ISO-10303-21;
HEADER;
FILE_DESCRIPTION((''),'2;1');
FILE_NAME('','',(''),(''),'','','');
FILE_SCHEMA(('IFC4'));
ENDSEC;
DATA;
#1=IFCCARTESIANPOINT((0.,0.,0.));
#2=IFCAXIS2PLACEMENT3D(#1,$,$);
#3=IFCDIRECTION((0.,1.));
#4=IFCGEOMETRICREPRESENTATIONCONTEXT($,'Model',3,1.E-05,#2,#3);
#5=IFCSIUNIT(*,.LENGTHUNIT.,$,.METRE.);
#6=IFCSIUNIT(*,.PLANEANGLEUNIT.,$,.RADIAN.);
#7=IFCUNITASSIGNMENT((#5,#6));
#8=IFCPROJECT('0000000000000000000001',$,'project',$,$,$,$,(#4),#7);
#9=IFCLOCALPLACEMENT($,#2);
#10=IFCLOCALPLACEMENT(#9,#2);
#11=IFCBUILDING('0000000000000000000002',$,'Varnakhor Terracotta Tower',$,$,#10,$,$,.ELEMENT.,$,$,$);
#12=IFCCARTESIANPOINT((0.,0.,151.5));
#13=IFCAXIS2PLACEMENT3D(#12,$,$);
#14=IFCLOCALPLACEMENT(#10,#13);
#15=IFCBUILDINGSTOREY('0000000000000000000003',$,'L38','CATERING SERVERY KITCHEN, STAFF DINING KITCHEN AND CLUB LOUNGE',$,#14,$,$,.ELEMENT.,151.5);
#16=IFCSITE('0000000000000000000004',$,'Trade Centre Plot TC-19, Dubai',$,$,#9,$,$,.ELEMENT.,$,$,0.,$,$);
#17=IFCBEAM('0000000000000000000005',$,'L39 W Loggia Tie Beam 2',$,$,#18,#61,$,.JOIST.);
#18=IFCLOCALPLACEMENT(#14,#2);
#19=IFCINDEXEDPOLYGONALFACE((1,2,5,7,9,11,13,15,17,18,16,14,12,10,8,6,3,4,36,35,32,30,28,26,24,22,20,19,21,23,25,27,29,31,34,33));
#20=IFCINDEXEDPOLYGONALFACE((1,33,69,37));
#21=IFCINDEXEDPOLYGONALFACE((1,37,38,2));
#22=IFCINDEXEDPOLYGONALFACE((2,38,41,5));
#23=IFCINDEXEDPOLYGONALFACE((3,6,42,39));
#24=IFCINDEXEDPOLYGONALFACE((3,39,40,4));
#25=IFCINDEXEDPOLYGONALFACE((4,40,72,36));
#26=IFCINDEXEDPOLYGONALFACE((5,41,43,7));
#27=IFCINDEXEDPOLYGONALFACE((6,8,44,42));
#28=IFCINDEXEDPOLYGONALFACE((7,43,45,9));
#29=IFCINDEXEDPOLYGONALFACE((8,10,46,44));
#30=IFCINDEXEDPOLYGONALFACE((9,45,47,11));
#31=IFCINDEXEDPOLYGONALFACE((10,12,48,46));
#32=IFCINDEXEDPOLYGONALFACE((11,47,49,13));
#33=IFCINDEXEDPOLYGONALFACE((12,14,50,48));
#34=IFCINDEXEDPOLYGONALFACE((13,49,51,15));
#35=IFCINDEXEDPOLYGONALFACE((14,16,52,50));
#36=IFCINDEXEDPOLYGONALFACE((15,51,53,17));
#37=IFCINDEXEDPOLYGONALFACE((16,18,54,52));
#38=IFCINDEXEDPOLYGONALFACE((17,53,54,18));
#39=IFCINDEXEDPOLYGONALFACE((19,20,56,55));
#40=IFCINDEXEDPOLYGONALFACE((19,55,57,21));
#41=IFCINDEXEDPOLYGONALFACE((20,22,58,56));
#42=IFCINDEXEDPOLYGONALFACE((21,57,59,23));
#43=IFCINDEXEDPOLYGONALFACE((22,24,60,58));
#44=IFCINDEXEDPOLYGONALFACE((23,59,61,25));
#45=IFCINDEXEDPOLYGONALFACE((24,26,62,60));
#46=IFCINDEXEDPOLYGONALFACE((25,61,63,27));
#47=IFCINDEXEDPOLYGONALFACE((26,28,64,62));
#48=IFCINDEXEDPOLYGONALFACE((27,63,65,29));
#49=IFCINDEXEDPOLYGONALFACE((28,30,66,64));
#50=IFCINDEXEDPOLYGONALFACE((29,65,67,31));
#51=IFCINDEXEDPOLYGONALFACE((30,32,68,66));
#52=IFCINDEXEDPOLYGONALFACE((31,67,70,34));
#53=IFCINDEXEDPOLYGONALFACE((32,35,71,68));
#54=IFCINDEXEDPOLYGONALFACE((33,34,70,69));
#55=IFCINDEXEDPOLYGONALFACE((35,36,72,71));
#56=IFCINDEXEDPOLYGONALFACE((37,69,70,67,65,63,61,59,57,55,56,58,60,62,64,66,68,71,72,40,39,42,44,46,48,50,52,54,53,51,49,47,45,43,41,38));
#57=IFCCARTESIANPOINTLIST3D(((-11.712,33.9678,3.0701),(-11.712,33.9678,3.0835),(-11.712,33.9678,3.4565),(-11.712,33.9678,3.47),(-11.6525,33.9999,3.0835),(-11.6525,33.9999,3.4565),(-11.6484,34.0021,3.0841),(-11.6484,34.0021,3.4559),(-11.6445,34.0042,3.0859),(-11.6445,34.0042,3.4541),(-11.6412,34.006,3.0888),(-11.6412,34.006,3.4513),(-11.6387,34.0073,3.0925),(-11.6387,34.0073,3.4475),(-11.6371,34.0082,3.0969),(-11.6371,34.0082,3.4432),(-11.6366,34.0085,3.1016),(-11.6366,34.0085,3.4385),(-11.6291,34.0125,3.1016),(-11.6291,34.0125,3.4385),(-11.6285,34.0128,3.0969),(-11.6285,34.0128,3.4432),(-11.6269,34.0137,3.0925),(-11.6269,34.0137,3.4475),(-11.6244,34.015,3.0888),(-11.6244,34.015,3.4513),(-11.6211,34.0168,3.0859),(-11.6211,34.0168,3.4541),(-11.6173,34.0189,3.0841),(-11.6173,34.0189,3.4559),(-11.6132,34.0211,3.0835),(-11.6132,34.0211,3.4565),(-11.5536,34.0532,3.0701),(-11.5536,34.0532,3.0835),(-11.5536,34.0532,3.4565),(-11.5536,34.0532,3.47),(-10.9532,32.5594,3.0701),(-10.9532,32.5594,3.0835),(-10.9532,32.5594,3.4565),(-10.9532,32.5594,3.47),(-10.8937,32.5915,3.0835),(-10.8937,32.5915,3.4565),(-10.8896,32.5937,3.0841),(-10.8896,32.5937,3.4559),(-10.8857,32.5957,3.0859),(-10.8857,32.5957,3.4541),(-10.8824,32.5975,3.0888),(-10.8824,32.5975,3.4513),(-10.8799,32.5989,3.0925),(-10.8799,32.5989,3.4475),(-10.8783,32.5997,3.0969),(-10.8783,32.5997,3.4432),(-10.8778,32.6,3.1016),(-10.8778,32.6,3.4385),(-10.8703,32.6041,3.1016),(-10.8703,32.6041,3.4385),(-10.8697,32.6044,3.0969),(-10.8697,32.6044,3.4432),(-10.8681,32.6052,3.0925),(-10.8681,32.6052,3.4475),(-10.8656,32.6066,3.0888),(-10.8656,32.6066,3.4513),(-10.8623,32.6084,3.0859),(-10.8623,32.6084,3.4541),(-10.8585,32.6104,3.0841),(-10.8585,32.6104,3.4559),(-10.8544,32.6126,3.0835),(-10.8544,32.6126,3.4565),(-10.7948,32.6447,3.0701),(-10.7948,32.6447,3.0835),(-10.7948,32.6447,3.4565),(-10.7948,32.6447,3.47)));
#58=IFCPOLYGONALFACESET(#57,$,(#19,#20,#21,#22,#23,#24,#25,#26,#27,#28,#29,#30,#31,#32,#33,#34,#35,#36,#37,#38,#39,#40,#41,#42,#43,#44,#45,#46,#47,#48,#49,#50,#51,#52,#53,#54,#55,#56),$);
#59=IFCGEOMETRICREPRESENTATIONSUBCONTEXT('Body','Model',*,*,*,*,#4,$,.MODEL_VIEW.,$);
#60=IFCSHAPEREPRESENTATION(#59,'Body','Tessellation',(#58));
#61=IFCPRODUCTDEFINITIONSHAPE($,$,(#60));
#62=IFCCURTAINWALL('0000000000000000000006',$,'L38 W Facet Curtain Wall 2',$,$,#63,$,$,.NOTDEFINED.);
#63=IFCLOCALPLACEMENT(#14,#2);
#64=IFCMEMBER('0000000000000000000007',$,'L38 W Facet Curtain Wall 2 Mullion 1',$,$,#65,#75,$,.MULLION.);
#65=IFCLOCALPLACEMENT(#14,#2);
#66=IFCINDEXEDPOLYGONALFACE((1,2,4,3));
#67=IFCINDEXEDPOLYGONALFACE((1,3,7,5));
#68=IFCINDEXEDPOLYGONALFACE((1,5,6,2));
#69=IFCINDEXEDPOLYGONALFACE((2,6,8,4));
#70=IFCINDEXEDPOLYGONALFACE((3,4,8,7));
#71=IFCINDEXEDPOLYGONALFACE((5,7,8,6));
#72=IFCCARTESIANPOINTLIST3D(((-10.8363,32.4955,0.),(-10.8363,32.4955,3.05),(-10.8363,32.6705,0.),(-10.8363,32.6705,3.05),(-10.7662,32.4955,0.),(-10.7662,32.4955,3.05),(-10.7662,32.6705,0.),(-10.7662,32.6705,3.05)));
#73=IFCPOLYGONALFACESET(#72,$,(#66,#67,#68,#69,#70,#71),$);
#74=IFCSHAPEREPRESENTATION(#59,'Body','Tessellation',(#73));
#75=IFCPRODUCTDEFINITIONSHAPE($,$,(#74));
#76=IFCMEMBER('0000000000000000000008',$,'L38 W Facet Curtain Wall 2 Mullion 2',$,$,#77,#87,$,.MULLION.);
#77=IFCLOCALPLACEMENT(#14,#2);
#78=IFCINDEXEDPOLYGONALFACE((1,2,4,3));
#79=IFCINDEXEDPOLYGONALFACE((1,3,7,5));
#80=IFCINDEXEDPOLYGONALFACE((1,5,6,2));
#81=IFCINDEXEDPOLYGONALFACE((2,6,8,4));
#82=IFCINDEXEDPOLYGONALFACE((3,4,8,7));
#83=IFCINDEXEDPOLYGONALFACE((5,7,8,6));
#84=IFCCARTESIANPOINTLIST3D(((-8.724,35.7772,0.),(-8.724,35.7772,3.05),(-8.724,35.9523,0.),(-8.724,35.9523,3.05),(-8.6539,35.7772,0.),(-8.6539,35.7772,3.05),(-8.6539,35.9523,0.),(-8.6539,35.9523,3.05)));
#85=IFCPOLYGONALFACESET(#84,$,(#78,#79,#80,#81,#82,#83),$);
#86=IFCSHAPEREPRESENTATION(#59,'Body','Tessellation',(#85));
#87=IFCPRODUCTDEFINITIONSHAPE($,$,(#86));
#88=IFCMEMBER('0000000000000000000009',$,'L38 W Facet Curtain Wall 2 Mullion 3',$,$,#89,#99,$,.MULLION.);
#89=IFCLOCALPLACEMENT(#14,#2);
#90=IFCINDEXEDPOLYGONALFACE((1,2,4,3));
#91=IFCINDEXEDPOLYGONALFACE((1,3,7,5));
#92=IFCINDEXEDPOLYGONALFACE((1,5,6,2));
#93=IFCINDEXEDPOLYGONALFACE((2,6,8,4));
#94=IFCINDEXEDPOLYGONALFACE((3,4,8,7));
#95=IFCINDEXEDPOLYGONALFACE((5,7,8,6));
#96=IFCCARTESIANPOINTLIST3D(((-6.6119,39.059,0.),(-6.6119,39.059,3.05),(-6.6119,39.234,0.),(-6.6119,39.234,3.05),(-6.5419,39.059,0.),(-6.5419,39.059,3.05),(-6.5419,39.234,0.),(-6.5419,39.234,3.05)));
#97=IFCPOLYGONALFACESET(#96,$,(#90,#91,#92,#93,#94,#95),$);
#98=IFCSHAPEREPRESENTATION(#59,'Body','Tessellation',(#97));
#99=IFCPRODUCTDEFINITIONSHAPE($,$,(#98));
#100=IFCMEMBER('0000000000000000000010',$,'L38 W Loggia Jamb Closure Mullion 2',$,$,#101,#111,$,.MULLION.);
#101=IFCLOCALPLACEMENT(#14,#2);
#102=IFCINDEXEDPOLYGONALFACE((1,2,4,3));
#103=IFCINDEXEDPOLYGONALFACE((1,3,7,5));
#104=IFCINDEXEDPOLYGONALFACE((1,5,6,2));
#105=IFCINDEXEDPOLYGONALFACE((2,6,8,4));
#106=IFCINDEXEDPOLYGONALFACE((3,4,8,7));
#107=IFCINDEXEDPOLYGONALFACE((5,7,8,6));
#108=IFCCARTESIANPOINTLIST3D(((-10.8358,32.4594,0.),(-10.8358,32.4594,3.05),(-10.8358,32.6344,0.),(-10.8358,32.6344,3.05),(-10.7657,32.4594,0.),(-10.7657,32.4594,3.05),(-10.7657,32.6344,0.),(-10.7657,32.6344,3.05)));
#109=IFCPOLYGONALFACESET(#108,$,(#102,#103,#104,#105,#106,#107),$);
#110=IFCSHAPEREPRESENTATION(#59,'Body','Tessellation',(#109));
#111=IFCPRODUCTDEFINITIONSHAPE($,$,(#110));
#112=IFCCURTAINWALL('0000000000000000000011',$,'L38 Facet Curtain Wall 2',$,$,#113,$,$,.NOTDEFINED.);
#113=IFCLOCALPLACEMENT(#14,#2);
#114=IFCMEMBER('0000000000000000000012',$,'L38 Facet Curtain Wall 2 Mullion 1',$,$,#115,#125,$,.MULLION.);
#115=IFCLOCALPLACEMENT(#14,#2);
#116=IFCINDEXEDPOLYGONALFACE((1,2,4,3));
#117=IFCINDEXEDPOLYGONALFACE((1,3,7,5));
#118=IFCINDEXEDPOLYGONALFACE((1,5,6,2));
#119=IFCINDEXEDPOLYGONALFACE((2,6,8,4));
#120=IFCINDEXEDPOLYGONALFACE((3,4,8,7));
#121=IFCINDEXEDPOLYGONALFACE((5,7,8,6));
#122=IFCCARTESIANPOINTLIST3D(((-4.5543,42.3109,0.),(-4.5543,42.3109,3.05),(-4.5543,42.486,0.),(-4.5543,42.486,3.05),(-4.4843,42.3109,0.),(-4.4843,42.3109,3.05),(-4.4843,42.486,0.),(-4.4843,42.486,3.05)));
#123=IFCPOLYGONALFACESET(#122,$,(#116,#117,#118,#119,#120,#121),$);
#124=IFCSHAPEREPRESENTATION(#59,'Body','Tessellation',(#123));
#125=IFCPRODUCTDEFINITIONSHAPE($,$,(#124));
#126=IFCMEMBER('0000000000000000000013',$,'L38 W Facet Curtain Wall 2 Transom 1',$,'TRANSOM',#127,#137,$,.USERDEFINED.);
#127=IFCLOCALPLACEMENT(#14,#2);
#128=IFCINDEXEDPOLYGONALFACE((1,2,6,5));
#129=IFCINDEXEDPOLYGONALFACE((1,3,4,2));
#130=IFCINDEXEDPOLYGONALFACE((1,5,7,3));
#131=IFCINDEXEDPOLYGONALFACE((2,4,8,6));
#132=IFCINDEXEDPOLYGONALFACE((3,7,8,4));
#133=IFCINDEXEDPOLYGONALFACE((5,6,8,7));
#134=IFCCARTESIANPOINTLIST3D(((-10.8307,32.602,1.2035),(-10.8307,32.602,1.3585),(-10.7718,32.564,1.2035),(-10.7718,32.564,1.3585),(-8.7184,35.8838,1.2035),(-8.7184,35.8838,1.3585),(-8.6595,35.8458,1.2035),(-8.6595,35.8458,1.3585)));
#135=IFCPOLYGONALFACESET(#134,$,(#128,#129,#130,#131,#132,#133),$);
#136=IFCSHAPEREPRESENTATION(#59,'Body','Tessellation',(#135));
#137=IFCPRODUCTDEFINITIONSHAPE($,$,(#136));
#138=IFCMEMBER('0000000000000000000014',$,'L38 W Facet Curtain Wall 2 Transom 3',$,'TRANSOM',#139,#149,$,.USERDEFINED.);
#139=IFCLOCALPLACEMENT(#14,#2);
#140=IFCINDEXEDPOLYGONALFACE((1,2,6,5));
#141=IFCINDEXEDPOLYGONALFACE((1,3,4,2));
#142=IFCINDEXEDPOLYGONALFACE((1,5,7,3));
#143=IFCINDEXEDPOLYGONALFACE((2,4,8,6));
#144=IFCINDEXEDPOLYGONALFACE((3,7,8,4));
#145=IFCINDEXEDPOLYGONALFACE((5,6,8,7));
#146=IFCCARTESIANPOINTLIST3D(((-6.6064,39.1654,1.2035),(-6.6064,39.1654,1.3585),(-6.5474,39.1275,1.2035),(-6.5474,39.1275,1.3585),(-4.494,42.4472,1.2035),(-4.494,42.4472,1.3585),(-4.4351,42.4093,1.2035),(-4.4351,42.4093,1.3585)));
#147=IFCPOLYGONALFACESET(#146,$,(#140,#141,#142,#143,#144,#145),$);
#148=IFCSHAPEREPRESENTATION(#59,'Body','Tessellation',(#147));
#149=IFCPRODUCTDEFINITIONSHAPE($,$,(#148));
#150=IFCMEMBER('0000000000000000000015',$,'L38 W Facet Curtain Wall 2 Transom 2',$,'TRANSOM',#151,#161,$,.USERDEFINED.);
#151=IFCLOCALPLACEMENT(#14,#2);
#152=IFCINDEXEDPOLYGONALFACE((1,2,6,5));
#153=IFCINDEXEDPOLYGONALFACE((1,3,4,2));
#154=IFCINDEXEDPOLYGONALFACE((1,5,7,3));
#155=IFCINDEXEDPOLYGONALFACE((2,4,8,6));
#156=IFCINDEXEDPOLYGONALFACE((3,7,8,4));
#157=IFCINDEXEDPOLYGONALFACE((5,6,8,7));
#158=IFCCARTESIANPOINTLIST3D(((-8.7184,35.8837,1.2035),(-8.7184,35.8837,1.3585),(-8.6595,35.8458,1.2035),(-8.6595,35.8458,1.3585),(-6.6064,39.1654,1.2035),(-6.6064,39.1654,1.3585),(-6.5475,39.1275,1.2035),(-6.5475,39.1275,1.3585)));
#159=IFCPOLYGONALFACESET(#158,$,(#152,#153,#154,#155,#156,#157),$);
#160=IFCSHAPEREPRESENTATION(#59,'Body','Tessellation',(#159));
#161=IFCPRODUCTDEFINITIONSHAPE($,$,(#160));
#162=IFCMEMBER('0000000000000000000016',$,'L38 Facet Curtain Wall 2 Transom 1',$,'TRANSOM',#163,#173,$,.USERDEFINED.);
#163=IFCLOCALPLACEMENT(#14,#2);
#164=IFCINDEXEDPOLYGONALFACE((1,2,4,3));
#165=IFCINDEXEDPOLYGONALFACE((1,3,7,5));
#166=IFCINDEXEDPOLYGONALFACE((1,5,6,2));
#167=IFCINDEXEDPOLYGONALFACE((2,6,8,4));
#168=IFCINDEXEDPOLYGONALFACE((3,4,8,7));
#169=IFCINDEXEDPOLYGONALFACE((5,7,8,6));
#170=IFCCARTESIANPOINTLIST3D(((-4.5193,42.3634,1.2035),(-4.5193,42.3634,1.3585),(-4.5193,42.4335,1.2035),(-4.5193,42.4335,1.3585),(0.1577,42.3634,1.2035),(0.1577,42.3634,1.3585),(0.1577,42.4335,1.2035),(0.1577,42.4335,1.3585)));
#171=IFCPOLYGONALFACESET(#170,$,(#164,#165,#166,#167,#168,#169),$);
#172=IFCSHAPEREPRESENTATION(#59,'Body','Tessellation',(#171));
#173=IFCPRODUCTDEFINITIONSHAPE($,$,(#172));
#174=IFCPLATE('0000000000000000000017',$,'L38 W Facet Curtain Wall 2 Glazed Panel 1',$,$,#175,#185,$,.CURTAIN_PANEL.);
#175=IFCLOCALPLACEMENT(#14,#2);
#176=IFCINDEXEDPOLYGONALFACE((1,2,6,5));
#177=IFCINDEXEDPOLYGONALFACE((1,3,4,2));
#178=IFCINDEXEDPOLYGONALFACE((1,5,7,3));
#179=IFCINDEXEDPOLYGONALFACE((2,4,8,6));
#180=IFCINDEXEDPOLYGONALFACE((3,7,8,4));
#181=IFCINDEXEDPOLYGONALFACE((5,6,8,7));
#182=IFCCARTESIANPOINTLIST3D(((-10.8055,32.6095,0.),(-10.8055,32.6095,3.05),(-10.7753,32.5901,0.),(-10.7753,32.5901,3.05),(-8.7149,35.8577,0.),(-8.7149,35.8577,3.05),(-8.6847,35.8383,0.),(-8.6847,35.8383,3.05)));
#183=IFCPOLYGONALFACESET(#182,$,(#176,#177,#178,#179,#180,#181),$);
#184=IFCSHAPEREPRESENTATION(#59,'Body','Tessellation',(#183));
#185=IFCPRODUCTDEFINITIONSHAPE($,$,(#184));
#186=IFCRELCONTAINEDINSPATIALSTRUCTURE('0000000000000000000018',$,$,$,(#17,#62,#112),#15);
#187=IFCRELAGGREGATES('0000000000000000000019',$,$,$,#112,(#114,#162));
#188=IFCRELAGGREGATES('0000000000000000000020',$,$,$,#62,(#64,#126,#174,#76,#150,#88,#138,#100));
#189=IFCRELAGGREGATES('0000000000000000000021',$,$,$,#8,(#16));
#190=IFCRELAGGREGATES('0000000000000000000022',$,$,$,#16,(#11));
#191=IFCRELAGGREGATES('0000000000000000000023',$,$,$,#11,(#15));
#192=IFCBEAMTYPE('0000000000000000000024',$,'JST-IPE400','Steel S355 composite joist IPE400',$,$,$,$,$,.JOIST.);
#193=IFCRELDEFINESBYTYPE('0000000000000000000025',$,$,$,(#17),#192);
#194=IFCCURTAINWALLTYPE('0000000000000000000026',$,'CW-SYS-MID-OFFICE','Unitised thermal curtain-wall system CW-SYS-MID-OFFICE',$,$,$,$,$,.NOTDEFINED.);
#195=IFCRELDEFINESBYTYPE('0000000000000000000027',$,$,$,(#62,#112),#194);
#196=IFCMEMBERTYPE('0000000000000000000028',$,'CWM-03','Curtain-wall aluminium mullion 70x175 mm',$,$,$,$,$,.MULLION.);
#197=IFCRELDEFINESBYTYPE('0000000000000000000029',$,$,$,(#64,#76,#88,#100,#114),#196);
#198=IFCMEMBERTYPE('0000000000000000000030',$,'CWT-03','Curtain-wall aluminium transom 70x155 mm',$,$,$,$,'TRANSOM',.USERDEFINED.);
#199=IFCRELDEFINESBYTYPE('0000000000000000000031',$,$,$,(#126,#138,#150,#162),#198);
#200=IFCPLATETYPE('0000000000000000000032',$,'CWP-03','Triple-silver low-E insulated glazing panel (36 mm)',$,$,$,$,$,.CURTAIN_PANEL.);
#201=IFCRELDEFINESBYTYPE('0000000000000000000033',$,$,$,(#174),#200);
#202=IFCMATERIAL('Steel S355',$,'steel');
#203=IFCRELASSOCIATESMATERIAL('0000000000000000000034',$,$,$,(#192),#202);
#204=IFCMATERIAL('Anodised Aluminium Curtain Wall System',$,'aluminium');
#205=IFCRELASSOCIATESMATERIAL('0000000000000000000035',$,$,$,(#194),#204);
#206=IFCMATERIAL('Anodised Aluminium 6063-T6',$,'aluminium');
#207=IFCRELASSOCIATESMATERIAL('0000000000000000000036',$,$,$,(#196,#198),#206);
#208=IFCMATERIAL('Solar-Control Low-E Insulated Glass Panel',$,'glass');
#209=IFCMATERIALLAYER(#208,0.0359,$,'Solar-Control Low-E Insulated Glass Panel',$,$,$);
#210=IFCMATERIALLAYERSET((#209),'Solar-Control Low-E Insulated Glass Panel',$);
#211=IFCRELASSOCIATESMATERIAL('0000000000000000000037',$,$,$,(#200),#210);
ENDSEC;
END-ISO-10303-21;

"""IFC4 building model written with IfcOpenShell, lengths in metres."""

from ifc_helpers import new_model, si_unit, direction, frame, origin, origin_2d, place, context, subcontext, project, spatial, rectangle, i_section, extrude, source, transform, mapped, material, layer, layer_set, material_profile, profile_set, type_object, element, aggregate, save


model = new_model("IFC4")

# Units and contexts
model_context = context("Model", 3, precision=1e-05, world=origin(), true_north=direction((0.0, 1.0)))
body_context = subcontext(model_context, "Body", "Model", "MODEL_VIEW")
ifc_project = project(units=[si_unit("LENGTHUNIT", "METRE"), si_unit("PLANEANGLEUNIT", "RADIAN")], contexts=[model_context])

# Site, building, storey
site_placement = place(None, origin())
site = spatial("IfcSite", under=ifc_project, at=site_placement, Name="Trade Centre Plot TC-19, Dubai", CompositionType="ELEMENT", RefElevation=0.0)
building_placement = place(site_placement, origin())
building = spatial("IfcBuilding", under=site, at=building_placement, Name="Varnakhor Terracotta Tower", CompositionType="ELEMENT")
storey_placement = place(building_placement, frame((0.0, 0.0, 151.5)))
storey = spatial("IfcBuildingStorey", under=building, at=storey_placement, Name="L38", Description="CATERING SERVERY KITCHEN, STAFF DINING KITCHEN AND CLUB LOUNGE", CompositionType="ELEMENT", Elevation=151.5)

# Beam
ifc_material_1 = material(Name="Steel S355", Category="steel")
ifc_material_profile_1 = material_profile(ifc_material_1, i_section(OverallWidth=0.1799, OverallDepth=0.3999, WebThickness=0.0085, FlangeThickness=0.0134, FilletRadius=0.0181, at=origin_2d()), Name="IPE400")
ifc_profile_set_1 = profile_set([ifc_material_profile_1], Name="Steel S355")
beam_type_1 = type_object("IfcBeamType", Name="JST-IPE400", Description="Steel S355 composite joist IPE400", PredefinedType="JOIST", material=ifc_profile_set_1)
shared_shape_1 = source(origin(), body_context, "Body", "SweptSolid", [
    extrude(i_section(OverallWidth=0.1799, OverallDepth=0.3999, WebThickness=0.0085, FlangeThickness=0.0134, FilletRadius=0.0181, at=origin_2d()), origin(), (0.0, 0.0, 1.0), 1.5999),
])
beam_1_placement = place(storey_placement, frame((-10.874, 32.6021, 3.27), z_axis=(-0.474291, 0.880368, 0.0), x_axis=(-0.880368, -0.474291, 0.0)))
element("IfcBeam", 1, at=beam_1_placement, inside=storey, type_object=beam_type_1, Name="L39 W Loggia Tie Beam 2", PredefinedType="JOIST", context=body_context, shape_type="MappedRepresentation", body=[
    mapped(shared_shape_1, transform((0.0, 0.0, 0.0), scale=1.0)),
])

# Curtain wall, members
ifc_material_2 = material(Name="Anodised Aluminium Curtain Wall System", Category="aluminium")
curtain_wall_type = type_object("IfcCurtainWallType", Name="CW-SYS-MID-OFFICE", Description="Unitised thermal curtain-wall system CW-SYS-MID-OFFICE", PredefinedType="NOTDEFINED", material=ifc_material_2)
curtain_wall_1_placement = place(storey_placement, origin())
curtain_wall_1 = element("IfcCurtainWall", 2, at=curtain_wall_1_placement, inside=storey, type_object=curtain_wall_type, Name="L38 W Facet Curtain Wall 2", PredefinedType="NOTDEFINED")
ifc_material_3 = material(Name="Anodised Aluminium 6063-T6", Category="aluminium")
ifc_material_profile_2 = material_profile(ifc_material_3, rectangle(XDim=0.0701, YDim=0.175, at=origin_2d()), Name="ALU MULLION 70x175")
ifc_profile_set_2 = profile_set([ifc_material_profile_2], Name="Anodised Aluminium 6063-T6")
member_type_1 = type_object("IfcMemberType", Name="CWM-03", Description="Curtain-wall aluminium mullion 70x175 mm", PredefinedType="MULLION", material=ifc_profile_set_2)
shared_shape_2 = source(origin(), body_context, "Body", "SweptSolid", [
    extrude(rectangle(XDim=0.0701, YDim=0.175, at=origin_2d()), origin(), (0.0, 0.0, 1.0), 3.05),
])
member_1_placement = place(storey_placement, frame((-10.8013, 32.583, 0.0), z_axis=(0.0, 0.0, 1.0), x_axis=(1.0, 0.0, 0.0)))
member_1 = element("IfcMember", 3, at=member_1_placement, type_object=member_type_1, Name="L38 W Facet Curtain Wall 2 Mullion 1", PredefinedType="MULLION", context=body_context, shape_type="MappedRepresentation", body=[
    mapped(shared_shape_2, transform((0.0, 0.0, 0.0), scale=1.0)),
])
member_2_placement = place(storey_placement, frame((-8.689, 35.8647, 0.0), z_axis=(0.0, 0.0, 1.0), x_axis=(1.0, 0.0, 0.0)))
member_2 = element("IfcMember", 4, at=member_2_placement, type_object=member_type_1, Name="L38 W Facet Curtain Wall 2 Mullion 2", PredefinedType="MULLION", context=body_context, shape_type="MappedRepresentation", body=[
    mapped(shared_shape_2, transform((0.0, 0.0, 0.0), scale=1.0)),
])
member_3_placement = place(storey_placement, frame((-6.5769, 39.1465, 0.0), z_axis=(0.0, 0.0, 1.0), x_axis=(1.0, 0.0, 0.0)))
member_3 = element("IfcMember", 5, at=member_3_placement, type_object=member_type_1, Name="L38 W Facet Curtain Wall 2 Mullion 3", PredefinedType="MULLION", context=body_context, shape_type="MappedRepresentation", body=[
    mapped(shared_shape_2, transform((0.0, 0.0, 0.0), scale=1.0)),
])
member_4_placement = place(storey_placement, frame((-10.8008, 32.5469, 0.0), z_axis=(0.0, 0.0, 1.0), x_axis=(1.0, 0.0, 0.0)))
member_4 = element("IfcMember", 6, at=member_4_placement, type_object=member_type_1, Name="L38 W Loggia Jamb Closure Mullion 2", PredefinedType="MULLION", context=body_context, shape_type="MappedRepresentation", body=[
    mapped(shared_shape_2, transform((0.0, 0.0, 0.0), scale=1.0)),
])

# Curtain wall, member
curtain_wall_2_placement = place(storey_placement, origin())
curtain_wall_2 = element("IfcCurtainWall", 7, at=curtain_wall_2_placement, inside=storey, type_object=curtain_wall_type, Name="L38 Facet Curtain Wall 2", PredefinedType="NOTDEFINED")
member_5_placement = place(storey_placement, frame((-4.5193, 42.3984, 0.0), z_axis=(0.0, 0.0, 1.0), x_axis=(1.0, 0.0, 0.0)))
member_5 = element("IfcMember", 8, at=member_5_placement, type_object=member_type_1, Name="L38 Facet Curtain Wall 2 Mullion 1", PredefinedType="MULLION", context=body_context, shape_type="MappedRepresentation", body=[
    mapped(shared_shape_2, transform((0.0, 0.0, 0.0), scale=1.0)),
])

# Members
ifc_material_profile_3 = material_profile(ifc_material_3, rectangle(XDim=0.0701, YDim=0.155, at=origin_2d()), Name="ALU TRANSOM 70x155")
ifc_profile_set_3 = profile_set([ifc_material_profile_3], Name="Anodised Aluminium 6063-T6")
member_type_2 = type_object("IfcMemberType", Name="CWT-03", Description="Curtain-wall aluminium transom 70x155 mm", ElementType="TRANSOM", PredefinedType="USERDEFINED", material=ifc_profile_set_3)
shared_shape_3 = source(origin(), body_context, "Body", "SweptSolid", [
    extrude(rectangle(XDim=0.0701, YDim=0.155, at=origin_2d()), origin(), (0.0, 0.0, 1.0), 3.9028),
])
member_6_placement = place(storey_placement, frame((-10.8013, 32.583, 1.281), z_axis=(0.541232, 0.840873, 0.0), x_axis=(-0.840873, 0.541232, 0.0)))
member_6 = element("IfcMember", 9, at=member_6_placement, type_object=member_type_2, Name="L38 W Facet Curtain Wall 2 Transom 1", ObjectType="TRANSOM", PredefinedType="USERDEFINED", context=body_context, shape_type="MappedRepresentation", body=[
    mapped(shared_shape_3, transform((0.0, 0.0, 0.0), scale=1.0)),
])
member_7_placement = place(storey_placement, frame((-6.5769, 39.1465, 1.281), z_axis=(0.541232, 0.840873, 0.0), x_axis=(-0.840873, 0.541232, 0.0)))
member_7 = element("IfcMember", 10, at=member_7_placement, type_object=member_type_2, Name="L38 W Facet Curtain Wall 2 Transom 3", ObjectType="TRANSOM", PredefinedType="USERDEFINED", context=body_context, shape_type="MappedRepresentation", body=[
    mapped(shared_shape_3, transform((0.0, 0.0, 0.0), scale=1.0)),
])
shared_shape_4 = source(origin(), body_context, "Body", "SweptSolid", [
    extrude(rectangle(XDim=0.0701, YDim=0.155, at=origin_2d()), origin(), (0.0, 0.0, 1.0), 3.9026),
])
member_8_placement = place(storey_placement, frame((-8.689, 35.8647, 1.281), z_axis=(0.541188, 0.840902, 0.0), x_axis=(-0.840902, 0.541188, 0.0)))
member_8 = element("IfcMember", 11, at=member_8_placement, type_object=member_type_2, Name="L38 W Facet Curtain Wall 2 Transom 2", ObjectType="TRANSOM", PredefinedType="USERDEFINED", context=body_context, shape_type="MappedRepresentation", body=[
    mapped(shared_shape_4, transform((0.0, 0.0, 0.0), scale=1.0)),
])
shared_shape_5 = source(origin(), body_context, "Body", "SweptSolid", [
    extrude(rectangle(XDim=0.0701, YDim=0.155, at=origin_2d()), origin(), (0.0, 0.0, 1.0), 4.677),
])
member_9_placement = place(storey_placement, frame((-4.5193, 42.3984, 1.281), z_axis=(1.0, 0.0, 0.0), x_axis=(0.0, 1.0, 0.0)))
member_9 = element("IfcMember", 12, at=member_9_placement, type_object=member_type_2, Name="L38 Facet Curtain Wall 2 Transom 1", ObjectType="TRANSOM", PredefinedType="USERDEFINED", context=body_context, shape_type="MappedRepresentation", body=[
    mapped(shared_shape_5, transform((0.0, 0.0, 0.0), scale=1.0)),
])
aggregate(curtain_wall_2, [member_5, member_9])

# Plate
ifc_material_4 = material(Name="Solar-Control Low-E Insulated Glass Panel", Category="glass")
ifc_layer_1 = layer(ifc_material_4, 0.0359, Name="Solar-Control Low-E Insulated Glass Panel")
ifc_layer_set_1 = layer_set([ifc_layer_1], Name="Solar-Control Low-E Insulated Glass Panel")
plate_type = type_object("IfcPlateType", Name="CWP-03", Description="Triple-silver low-E insulated glazing panel (36 mm)", PredefinedType="CURTAIN_PANEL", material=ifc_layer_set_1)
shared_shape_6 = source(origin(), body_context, "Body", "SweptSolid", [
    extrude(rectangle(XDim=3.8628, YDim=0.0359, at=origin_2d()), origin(), (0.0, 0.0, 1.0), 3.05),
])
plate_1_placement = place(storey_placement, frame((-9.7451, 34.2239, 0.0), z_axis=(0.0, 0.0, 1.0), x_axis=(0.541209, 0.840888, 0.0)))
plate_1 = element("IfcPlate", 13, at=plate_1_placement, type_object=plate_type, Name="L38 W Facet Curtain Wall 2 Glazed Panel 1", PredefinedType="CURTAIN_PANEL", context=body_context, shape_type="MappedRepresentation", body=[
    mapped(shared_shape_6, transform((0.0, 0.0, 0.0), scale=1.0)),
])
aggregate(curtain_wall_1, [member_1, member_6, plate_1, member_2, member_8, member_3, member_7, member_4])

save(model, "model.ifc")
